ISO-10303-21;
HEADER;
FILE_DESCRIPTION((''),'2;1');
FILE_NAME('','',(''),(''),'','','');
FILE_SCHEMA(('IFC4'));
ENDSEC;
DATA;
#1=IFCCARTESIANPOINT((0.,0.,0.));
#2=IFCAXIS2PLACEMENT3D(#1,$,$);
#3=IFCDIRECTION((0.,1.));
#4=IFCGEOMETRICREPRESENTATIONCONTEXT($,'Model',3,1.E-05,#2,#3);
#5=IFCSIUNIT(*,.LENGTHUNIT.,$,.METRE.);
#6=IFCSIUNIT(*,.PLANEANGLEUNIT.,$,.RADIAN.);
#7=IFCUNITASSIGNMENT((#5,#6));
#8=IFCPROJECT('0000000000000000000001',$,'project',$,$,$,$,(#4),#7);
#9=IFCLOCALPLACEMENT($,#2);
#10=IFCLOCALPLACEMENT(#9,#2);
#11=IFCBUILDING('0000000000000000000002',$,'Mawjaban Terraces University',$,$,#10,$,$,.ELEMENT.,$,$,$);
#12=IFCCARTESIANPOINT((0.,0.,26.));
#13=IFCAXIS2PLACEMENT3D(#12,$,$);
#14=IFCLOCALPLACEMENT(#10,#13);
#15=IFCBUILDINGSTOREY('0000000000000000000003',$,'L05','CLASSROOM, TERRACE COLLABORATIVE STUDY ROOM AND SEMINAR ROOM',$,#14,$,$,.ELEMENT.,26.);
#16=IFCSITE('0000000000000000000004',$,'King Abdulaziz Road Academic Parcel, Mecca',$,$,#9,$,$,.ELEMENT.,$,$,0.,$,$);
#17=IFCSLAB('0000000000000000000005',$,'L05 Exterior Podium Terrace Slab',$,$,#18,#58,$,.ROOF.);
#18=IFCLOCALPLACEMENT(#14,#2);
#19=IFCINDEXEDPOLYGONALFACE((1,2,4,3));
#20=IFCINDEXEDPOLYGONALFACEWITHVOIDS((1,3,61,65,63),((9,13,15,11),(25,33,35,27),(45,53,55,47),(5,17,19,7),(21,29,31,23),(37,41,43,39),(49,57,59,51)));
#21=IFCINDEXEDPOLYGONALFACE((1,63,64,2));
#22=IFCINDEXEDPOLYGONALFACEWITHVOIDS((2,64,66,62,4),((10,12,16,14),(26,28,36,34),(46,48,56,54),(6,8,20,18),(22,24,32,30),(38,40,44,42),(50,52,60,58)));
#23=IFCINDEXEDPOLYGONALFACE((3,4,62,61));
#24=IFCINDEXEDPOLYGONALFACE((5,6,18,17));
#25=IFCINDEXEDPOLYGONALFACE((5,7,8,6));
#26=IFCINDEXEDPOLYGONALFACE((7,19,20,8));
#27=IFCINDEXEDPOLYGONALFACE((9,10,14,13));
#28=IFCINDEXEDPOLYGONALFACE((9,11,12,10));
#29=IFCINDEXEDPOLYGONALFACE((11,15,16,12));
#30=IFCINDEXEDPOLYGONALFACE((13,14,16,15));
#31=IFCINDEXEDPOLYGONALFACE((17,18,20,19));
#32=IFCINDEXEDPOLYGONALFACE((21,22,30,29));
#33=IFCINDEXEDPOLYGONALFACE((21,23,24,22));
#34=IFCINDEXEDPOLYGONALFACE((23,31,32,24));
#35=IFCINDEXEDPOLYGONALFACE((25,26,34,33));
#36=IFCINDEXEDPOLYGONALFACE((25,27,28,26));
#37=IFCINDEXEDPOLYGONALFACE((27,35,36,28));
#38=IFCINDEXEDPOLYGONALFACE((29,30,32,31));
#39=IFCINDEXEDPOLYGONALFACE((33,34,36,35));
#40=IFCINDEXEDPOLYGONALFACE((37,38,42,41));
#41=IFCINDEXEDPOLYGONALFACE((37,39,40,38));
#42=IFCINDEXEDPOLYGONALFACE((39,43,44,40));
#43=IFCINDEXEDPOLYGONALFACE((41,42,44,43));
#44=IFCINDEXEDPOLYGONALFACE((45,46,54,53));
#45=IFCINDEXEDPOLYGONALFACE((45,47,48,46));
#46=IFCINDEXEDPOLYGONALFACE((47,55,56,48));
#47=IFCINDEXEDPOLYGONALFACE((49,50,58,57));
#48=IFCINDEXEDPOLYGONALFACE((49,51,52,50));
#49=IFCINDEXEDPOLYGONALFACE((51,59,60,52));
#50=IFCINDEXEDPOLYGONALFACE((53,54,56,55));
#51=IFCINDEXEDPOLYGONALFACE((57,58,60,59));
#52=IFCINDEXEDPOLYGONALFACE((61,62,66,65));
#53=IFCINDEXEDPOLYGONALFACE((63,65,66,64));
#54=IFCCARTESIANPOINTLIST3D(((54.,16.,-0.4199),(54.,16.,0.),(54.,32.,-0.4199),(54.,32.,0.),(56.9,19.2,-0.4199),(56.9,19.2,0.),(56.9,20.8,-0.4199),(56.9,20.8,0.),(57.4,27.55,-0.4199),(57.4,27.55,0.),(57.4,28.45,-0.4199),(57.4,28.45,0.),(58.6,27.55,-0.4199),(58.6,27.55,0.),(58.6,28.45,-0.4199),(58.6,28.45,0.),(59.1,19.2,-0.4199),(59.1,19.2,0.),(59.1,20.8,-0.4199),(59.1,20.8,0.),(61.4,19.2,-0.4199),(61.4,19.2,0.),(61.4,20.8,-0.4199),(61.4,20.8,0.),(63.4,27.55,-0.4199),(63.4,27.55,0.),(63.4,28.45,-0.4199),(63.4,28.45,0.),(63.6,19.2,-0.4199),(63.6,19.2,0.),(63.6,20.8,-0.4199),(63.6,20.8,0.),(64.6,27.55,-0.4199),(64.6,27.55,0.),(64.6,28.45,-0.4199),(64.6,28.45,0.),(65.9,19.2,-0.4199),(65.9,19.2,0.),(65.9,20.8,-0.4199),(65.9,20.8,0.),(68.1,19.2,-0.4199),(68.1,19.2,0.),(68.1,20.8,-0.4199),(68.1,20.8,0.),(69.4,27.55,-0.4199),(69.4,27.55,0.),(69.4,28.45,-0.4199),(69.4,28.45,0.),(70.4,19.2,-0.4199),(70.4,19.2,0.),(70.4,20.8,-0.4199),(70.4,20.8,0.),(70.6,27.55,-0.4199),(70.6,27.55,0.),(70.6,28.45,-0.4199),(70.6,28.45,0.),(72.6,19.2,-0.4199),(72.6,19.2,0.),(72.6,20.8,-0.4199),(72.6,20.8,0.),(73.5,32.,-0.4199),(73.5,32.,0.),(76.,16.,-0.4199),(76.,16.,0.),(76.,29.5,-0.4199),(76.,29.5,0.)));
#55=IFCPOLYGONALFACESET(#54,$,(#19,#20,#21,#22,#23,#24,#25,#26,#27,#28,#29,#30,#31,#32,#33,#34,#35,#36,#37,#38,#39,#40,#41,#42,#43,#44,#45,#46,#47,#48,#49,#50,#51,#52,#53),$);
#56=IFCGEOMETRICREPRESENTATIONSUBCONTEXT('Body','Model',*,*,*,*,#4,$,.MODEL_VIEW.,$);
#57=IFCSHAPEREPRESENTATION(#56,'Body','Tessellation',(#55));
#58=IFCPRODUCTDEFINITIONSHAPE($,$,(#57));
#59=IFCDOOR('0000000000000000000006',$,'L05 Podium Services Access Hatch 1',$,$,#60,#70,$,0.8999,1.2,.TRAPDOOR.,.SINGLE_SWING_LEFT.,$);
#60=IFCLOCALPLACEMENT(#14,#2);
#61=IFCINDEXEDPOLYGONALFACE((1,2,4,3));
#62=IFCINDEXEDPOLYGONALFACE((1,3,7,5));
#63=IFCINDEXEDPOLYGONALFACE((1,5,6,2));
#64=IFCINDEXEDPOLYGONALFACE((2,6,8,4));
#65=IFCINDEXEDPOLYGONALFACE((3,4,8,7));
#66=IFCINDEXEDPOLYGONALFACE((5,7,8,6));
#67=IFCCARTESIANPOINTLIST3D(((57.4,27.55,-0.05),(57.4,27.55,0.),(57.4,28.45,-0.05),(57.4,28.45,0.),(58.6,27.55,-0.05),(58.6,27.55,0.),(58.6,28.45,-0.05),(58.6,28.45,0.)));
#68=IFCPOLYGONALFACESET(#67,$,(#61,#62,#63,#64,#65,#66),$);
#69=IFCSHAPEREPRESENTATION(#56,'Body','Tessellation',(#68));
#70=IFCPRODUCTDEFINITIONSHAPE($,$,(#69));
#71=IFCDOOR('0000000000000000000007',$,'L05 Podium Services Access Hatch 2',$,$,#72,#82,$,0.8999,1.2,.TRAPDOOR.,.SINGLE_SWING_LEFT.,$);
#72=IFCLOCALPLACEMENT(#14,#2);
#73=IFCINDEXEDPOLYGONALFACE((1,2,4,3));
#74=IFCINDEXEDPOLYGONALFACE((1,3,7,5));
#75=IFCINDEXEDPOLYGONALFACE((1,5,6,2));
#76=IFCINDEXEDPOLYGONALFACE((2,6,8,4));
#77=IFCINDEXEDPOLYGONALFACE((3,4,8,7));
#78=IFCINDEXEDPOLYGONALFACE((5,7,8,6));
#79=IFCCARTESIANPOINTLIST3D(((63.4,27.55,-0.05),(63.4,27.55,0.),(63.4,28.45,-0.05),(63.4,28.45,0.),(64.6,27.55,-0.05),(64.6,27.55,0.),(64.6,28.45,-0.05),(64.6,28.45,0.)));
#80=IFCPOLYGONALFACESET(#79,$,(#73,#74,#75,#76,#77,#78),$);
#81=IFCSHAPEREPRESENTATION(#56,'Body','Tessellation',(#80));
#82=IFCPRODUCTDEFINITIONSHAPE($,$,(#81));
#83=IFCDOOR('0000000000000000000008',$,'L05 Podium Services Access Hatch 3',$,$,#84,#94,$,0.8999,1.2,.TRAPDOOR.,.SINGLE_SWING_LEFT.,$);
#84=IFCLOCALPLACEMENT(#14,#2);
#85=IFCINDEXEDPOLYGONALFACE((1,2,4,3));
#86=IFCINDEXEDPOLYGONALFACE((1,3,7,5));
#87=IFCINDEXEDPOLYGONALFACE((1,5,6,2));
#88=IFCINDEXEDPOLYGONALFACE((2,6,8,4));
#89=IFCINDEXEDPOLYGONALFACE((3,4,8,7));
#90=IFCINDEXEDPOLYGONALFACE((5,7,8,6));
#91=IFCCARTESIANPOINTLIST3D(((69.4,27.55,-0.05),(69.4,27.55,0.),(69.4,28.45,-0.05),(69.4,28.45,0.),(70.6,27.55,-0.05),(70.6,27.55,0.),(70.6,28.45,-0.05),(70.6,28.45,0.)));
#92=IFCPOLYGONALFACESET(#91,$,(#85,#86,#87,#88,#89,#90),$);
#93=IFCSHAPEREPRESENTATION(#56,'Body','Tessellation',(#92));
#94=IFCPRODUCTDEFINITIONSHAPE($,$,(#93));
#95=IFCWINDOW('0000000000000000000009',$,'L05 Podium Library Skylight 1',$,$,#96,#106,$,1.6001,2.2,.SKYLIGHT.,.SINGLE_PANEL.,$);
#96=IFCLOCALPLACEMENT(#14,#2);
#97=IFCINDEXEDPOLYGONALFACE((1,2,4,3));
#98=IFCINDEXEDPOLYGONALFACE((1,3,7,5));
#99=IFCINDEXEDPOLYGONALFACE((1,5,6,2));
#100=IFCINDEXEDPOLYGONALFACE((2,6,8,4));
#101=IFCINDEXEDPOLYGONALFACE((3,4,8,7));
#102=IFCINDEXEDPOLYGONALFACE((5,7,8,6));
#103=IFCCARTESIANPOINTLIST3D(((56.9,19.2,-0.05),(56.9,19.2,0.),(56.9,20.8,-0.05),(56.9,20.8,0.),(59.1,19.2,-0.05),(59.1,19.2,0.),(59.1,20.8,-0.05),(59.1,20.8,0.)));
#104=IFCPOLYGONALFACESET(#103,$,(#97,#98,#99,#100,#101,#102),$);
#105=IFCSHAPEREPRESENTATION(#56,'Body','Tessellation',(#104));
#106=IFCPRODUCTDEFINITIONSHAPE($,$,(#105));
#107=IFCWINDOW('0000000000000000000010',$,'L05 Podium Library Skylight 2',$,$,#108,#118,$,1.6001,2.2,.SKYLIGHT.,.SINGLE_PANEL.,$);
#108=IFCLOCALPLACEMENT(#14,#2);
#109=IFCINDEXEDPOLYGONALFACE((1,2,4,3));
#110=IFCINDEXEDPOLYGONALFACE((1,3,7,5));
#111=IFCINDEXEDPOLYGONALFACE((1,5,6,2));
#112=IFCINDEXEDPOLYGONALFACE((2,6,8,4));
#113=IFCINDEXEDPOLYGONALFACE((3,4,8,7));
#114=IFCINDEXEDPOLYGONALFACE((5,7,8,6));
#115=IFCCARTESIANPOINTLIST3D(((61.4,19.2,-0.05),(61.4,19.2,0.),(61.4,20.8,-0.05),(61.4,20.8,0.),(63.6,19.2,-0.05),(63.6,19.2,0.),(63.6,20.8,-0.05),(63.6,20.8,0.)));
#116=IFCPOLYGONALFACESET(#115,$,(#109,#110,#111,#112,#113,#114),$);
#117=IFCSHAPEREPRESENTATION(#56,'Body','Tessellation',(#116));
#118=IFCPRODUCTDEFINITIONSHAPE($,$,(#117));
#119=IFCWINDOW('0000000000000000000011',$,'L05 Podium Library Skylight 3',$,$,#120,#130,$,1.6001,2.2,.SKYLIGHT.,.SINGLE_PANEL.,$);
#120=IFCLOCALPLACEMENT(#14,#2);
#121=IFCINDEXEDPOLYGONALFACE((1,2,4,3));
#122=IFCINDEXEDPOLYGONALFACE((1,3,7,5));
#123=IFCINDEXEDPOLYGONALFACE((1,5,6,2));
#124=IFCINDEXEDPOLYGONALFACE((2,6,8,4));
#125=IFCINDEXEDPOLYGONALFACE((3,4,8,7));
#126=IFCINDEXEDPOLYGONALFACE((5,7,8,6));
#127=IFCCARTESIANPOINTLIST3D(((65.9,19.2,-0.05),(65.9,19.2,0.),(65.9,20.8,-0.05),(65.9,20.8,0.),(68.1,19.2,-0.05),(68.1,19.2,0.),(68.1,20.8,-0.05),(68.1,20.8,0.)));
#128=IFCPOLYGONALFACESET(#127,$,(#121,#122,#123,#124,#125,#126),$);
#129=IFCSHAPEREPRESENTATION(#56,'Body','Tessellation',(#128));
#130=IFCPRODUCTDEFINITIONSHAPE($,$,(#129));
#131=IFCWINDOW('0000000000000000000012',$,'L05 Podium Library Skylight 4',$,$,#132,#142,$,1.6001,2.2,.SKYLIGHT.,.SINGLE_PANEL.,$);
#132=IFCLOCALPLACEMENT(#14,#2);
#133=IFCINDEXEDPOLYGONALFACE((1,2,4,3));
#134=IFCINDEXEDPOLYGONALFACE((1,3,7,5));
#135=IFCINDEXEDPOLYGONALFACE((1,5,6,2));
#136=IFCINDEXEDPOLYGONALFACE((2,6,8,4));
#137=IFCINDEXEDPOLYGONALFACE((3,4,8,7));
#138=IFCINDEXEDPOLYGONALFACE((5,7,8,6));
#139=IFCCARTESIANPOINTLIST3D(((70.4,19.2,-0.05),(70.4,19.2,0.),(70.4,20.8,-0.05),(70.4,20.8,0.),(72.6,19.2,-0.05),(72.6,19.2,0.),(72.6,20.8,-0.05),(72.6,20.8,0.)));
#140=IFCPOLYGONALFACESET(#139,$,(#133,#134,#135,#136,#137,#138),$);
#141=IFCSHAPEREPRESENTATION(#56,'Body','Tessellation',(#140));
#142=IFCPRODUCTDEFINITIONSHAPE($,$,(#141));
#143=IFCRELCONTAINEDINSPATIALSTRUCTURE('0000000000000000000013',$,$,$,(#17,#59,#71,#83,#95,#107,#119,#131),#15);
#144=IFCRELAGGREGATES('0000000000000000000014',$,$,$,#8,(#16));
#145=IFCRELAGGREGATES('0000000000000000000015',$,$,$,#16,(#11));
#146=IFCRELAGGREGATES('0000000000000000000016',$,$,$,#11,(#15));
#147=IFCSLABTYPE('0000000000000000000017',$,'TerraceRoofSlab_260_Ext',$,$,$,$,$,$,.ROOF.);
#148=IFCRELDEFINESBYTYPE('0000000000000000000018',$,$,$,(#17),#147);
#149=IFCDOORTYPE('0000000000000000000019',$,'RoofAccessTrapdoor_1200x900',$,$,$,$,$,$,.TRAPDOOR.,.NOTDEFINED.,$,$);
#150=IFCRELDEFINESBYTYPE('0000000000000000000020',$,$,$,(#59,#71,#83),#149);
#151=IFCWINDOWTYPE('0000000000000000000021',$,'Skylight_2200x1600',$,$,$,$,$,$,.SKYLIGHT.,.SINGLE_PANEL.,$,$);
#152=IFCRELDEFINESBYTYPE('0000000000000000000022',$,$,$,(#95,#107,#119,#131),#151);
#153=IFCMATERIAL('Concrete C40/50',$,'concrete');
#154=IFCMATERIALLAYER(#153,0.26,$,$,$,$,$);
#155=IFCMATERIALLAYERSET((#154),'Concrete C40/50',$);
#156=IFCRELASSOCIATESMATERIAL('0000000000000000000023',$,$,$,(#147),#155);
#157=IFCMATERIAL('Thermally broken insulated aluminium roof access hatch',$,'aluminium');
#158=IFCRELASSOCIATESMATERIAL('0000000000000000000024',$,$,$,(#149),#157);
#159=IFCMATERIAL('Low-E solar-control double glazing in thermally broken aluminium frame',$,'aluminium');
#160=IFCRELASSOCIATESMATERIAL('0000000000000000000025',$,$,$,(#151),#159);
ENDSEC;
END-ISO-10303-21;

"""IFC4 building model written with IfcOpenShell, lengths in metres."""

from ifc_helpers import new_model, si_unit, direction, frame, origin, origin_2d, place, context, subcontext, project, spatial, polyline, rectangle, outline, extrude, material, layer, layer_set, type_object, element, fill, save


model = new_model("IFC4")

# Units and contexts
model_context = context("Model", 3, precision=1e-05, world=origin(), true_north=direction((0.0, 1.0)))
body_context = subcontext(model_context, "Body", "Model", "MODEL_VIEW")
ifc_project = project(units=[si_unit("LENGTHUNIT", "METRE"), si_unit("PLANEANGLEUNIT", "RADIAN")], contexts=[model_context])

# Site, building, storey
site_placement = place(None, origin())
site = spatial("IfcSite", under=ifc_project, at=site_placement, Name="King Abdulaziz Road Academic Parcel, Mecca", CompositionType="ELEMENT", RefElevation=0.0)
building_placement = place(site_placement, origin())
building = spatial("IfcBuilding", under=site, at=building_placement, Name="Mawjaban Terraces University", CompositionType="ELEMENT")
storey_placement = place(building_placement, frame((0.0, 0.0, 26.0)))
storey = spatial("IfcBuildingStorey", under=building, at=storey_placement, Name="L05", Description="CLASSROOM, TERRACE COLLABORATIVE STUDY ROOM AND SEMINAR ROOM", CompositionType="ELEMENT", Elevation=26.0)

# Shared definitions
ifc_material_1 = material(Name="Concrete C40/50", Category="concrete")

# Slab, openings, doors, windows
ifc_layer_1 = layer(ifc_material_1, 0.26)
ifc_layer_set_1 = layer_set([ifc_layer_1], Name="Concrete C40/50")
slab_type_1 = type_object("IfcSlabType", Name="TerraceRoofSlab_260_Ext", PredefinedType="ROOF", material=ifc_layer_set_1)
slab_1_placement = place(storey_placement, frame((0.0, 0.0, -0.4199)))
slab_1 = element("IfcSlab", 1, at=slab_1_placement, inside=storey, type_object=slab_type_1, Name="L05 Exterior Podium Terrace Slab", PredefinedType="ROOF", context=body_context, shape_type="SweptSolid", body=[
    extrude(outline(polyline([(54.0, 16.0), (76.0, 16.0), (76.0, 29.5), (73.5, 32.0), (54.0, 32.0), (54.0, 16.0)])), origin(), (0.0, 0.0, 1.0), 0.4199),
])
opening_1_placement = place(slab_1_placement, frame((58.0, 20.0, 0.0)))
opening_1 = element("IfcOpeningElement", 2, at=opening_1_placement, cuts=slab_1, PredefinedType="OPENING", context=body_context, shape_type="SweptSolid", body=[
    extrude(rectangle(XDim=2.2, YDim=1.6001, at=origin_2d()), origin(), (0.0, 0.0, 1.0), 0.4199),
])
opening_2_placement = place(slab_1_placement, frame((62.5, 20.0, 0.0)))
opening_2 = element("IfcOpeningElement", 3, at=opening_2_placement, cuts=slab_1, PredefinedType="OPENING", context=body_context, shape_type="SweptSolid", body=[
    extrude(rectangle(XDim=2.2, YDim=1.6001, at=origin_2d()), origin(), (0.0, 0.0, 1.0), 0.4199),
])
opening_3_placement = place(slab_1_placement, frame((67.0, 20.0, 0.0)))
opening_3 = element("IfcOpeningElement", 4, at=opening_3_placement, cuts=slab_1, PredefinedType="OPENING", context=body_context, shape_type="SweptSolid", body=[
    extrude(rectangle(XDim=2.2, YDim=1.6001, at=origin_2d()), origin(), (0.0, 0.0, 1.0), 0.4199),
])
opening_4_placement = place(slab_1_placement, frame((71.5, 20.0, 0.0)))
opening_4 = element("IfcOpeningElement", 5, at=opening_4_placement, cuts=slab_1, PredefinedType="OPENING", context=body_context, shape_type="SweptSolid", body=[
    extrude(rectangle(XDim=2.2, YDim=1.6001, at=origin_2d()), origin(), (0.0, 0.0, 1.0), 0.4199),
])
opening_5_placement = place(slab_1_placement, frame((58.0, 28.0, 0.0)))
opening_5 = element("IfcOpeningElement", 6, at=opening_5_placement, cuts=slab_1, PredefinedType="OPENING", context=body_context, shape_type="SweptSolid", body=[
    extrude(rectangle(XDim=1.2, YDim=0.8999, at=origin_2d()), origin(), (0.0, 0.0, 1.0), 0.4199),
])
opening_6_placement = place(slab_1_placement, frame((64.0, 28.0, 0.0)))
opening_6 = element("IfcOpeningElement", 7, at=opening_6_placement, cuts=slab_1, PredefinedType="OPENING", context=body_context, shape_type="SweptSolid", body=[
    extrude(rectangle(XDim=1.2, YDim=0.8999, at=origin_2d()), origin(), (0.0, 0.0, 1.0), 0.4199),
])
opening_7_placement = place(slab_1_placement, frame((70.0, 28.0, 0.0)))
opening_7 = element("IfcOpeningElement", 8, at=opening_7_placement, cuts=slab_1, PredefinedType="OPENING", context=body_context, shape_type="SweptSolid", body=[
    extrude(rectangle(XDim=1.2, YDim=0.8999, at=origin_2d()), origin(), (0.0, 0.0, 1.0), 0.4199),
])
ifc_material_2 = material(Name="Thermally broken insulated aluminium roof access hatch", Category="aluminium")
door_type = type_object("IfcDoorType", Name="RoofAccessTrapdoor_1200x900", OperationType="NOTDEFINED", PredefinedType="TRAPDOOR", material=ifc_material_2)
door_1_placement = place(opening_5_placement, frame((0.0, 0.0, 0.3699)))
door_1 = element("IfcDoor", 9, at=door_1_placement, inside=storey, type_object=door_type, Name="L05 Podium Services Access Hatch 1", OperationType="SINGLE_SWING_LEFT", OverallHeight=0.8999, OverallWidth=1.2, PredefinedType="TRAPDOOR", context=body_context, shape_type="SweptSolid", body=[
    extrude(rectangle(XDim=1.2, YDim=0.8999, at=origin_2d()), origin(), (0.0, 0.0, 1.0), 0.05),
])
fill(opening_5, door_1)
door_2_placement = place(opening_6_placement, frame((0.0, 0.0, 0.3699)))
door_2 = element("IfcDoor", 10, at=door_2_placement, inside=storey, type_object=door_type, Name="L05 Podium Services Access Hatch 2", OperationType="SINGLE_SWING_LEFT", OverallHeight=0.8999, OverallWidth=1.2, PredefinedType="TRAPDOOR", context=body_context, shape_type="SweptSolid", body=[
    extrude(rectangle(XDim=1.2, YDim=0.8999, at=origin_2d()), origin(), (0.0, 0.0, 1.0), 0.05),
])
fill(opening_6, door_2)
door_3_placement = place(opening_7_placement, frame((0.0, 0.0, 0.3699)))
door_3 = element("IfcDoor", 11, at=door_3_placement, inside=storey, type_object=door_type, Name="L05 Podium Services Access Hatch 3", OperationType="SINGLE_SWING_LEFT", OverallHeight=0.8999, OverallWidth=1.2, PredefinedType="TRAPDOOR", context=body_context, shape_type="SweptSolid", body=[
    extrude(rectangle(XDim=1.2, YDim=0.8999, at=origin_2d()), origin(), (0.0, 0.0, 1.0), 0.05),
])
fill(opening_7, door_3)
ifc_material_3 = material(Name="Low-E solar-control double glazing in thermally broken aluminium frame", Category="aluminium")
window_type = type_object("IfcWindowType", Name="Skylight_2200x1600", PartitioningType="SINGLE_PANEL", PredefinedType="SKYLIGHT", material=ifc_material_3)
window_1_placement = place(opening_1_placement, frame((0.0, 0.0, 0.3699)))
window_1 = element("IfcWindow", 12, at=window_1_placement, inside=storey, type_object=window_type, Name="L05 Podium Library Skylight 1", OverallHeight=1.6001, OverallWidth=2.2, PartitioningType="SINGLE_PANEL", PredefinedType="SKYLIGHT", context=body_context, shape_type="SweptSolid", body=[
    extrude(rectangle(XDim=2.2, YDim=1.6001, at=origin_2d()), origin(), (0.0, 0.0, 1.0), 0.05),
])
fill(opening_1, window_1)
window_2_placement = place(opening_2_placement, frame((0.0, 0.0, 0.3699)))
window_2 = element("IfcWindow", 13, at=window_2_placement, inside=storey, type_object=window_type, Name="L05 Podium Library Skylight 2", OverallHeight=1.6001, OverallWidth=2.2, PartitioningType="SINGLE_PANEL", PredefinedType="SKYLIGHT", context=body_context, shape_type="SweptSolid", body=[
    extrude(rectangle(XDim=2.2, YDim=1.6001, at=origin_2d()), origin(), (0.0, 0.0, 1.0), 0.05),
])
fill(opening_2, window_2)
window_3_placement = place(opening_3_placement, frame((0.0, 0.0, 0.3699)))
window_3 = element("IfcWindow", 14, at=window_3_placement, inside=storey, type_object=window_type, Name="L05 Podium Library Skylight 3", OverallHeight=1.6001, OverallWidth=2.2, PartitioningType="SINGLE_PANEL", PredefinedType="SKYLIGHT", context=body_context, shape_type="SweptSolid", body=[
    extrude(rectangle(XDim=2.2, YDim=1.6001, at=origin_2d()), origin(), (0.0, 0.0, 1.0), 0.05),
])
fill(opening_3, window_3)
window_4_placement = place(opening_4_placement, frame((0.0, 0.0, 0.3699)))
window_4 = element("IfcWindow", 15, at=window_4_placement, inside=storey, type_object=window_type, Name="L05 Podium Library Skylight 4", OverallHeight=1.6001, OverallWidth=2.2, PartitioningType="SINGLE_PANEL", PredefinedType="SKYLIGHT", context=body_context, shape_type="SweptSolid", body=[
    extrude(rectangle(XDim=2.2, YDim=1.6001, at=origin_2d()), origin(), (0.0, 0.0, 1.0), 0.05),
])
fill(opening_4, window_4)

save(model, "model.ifc")
